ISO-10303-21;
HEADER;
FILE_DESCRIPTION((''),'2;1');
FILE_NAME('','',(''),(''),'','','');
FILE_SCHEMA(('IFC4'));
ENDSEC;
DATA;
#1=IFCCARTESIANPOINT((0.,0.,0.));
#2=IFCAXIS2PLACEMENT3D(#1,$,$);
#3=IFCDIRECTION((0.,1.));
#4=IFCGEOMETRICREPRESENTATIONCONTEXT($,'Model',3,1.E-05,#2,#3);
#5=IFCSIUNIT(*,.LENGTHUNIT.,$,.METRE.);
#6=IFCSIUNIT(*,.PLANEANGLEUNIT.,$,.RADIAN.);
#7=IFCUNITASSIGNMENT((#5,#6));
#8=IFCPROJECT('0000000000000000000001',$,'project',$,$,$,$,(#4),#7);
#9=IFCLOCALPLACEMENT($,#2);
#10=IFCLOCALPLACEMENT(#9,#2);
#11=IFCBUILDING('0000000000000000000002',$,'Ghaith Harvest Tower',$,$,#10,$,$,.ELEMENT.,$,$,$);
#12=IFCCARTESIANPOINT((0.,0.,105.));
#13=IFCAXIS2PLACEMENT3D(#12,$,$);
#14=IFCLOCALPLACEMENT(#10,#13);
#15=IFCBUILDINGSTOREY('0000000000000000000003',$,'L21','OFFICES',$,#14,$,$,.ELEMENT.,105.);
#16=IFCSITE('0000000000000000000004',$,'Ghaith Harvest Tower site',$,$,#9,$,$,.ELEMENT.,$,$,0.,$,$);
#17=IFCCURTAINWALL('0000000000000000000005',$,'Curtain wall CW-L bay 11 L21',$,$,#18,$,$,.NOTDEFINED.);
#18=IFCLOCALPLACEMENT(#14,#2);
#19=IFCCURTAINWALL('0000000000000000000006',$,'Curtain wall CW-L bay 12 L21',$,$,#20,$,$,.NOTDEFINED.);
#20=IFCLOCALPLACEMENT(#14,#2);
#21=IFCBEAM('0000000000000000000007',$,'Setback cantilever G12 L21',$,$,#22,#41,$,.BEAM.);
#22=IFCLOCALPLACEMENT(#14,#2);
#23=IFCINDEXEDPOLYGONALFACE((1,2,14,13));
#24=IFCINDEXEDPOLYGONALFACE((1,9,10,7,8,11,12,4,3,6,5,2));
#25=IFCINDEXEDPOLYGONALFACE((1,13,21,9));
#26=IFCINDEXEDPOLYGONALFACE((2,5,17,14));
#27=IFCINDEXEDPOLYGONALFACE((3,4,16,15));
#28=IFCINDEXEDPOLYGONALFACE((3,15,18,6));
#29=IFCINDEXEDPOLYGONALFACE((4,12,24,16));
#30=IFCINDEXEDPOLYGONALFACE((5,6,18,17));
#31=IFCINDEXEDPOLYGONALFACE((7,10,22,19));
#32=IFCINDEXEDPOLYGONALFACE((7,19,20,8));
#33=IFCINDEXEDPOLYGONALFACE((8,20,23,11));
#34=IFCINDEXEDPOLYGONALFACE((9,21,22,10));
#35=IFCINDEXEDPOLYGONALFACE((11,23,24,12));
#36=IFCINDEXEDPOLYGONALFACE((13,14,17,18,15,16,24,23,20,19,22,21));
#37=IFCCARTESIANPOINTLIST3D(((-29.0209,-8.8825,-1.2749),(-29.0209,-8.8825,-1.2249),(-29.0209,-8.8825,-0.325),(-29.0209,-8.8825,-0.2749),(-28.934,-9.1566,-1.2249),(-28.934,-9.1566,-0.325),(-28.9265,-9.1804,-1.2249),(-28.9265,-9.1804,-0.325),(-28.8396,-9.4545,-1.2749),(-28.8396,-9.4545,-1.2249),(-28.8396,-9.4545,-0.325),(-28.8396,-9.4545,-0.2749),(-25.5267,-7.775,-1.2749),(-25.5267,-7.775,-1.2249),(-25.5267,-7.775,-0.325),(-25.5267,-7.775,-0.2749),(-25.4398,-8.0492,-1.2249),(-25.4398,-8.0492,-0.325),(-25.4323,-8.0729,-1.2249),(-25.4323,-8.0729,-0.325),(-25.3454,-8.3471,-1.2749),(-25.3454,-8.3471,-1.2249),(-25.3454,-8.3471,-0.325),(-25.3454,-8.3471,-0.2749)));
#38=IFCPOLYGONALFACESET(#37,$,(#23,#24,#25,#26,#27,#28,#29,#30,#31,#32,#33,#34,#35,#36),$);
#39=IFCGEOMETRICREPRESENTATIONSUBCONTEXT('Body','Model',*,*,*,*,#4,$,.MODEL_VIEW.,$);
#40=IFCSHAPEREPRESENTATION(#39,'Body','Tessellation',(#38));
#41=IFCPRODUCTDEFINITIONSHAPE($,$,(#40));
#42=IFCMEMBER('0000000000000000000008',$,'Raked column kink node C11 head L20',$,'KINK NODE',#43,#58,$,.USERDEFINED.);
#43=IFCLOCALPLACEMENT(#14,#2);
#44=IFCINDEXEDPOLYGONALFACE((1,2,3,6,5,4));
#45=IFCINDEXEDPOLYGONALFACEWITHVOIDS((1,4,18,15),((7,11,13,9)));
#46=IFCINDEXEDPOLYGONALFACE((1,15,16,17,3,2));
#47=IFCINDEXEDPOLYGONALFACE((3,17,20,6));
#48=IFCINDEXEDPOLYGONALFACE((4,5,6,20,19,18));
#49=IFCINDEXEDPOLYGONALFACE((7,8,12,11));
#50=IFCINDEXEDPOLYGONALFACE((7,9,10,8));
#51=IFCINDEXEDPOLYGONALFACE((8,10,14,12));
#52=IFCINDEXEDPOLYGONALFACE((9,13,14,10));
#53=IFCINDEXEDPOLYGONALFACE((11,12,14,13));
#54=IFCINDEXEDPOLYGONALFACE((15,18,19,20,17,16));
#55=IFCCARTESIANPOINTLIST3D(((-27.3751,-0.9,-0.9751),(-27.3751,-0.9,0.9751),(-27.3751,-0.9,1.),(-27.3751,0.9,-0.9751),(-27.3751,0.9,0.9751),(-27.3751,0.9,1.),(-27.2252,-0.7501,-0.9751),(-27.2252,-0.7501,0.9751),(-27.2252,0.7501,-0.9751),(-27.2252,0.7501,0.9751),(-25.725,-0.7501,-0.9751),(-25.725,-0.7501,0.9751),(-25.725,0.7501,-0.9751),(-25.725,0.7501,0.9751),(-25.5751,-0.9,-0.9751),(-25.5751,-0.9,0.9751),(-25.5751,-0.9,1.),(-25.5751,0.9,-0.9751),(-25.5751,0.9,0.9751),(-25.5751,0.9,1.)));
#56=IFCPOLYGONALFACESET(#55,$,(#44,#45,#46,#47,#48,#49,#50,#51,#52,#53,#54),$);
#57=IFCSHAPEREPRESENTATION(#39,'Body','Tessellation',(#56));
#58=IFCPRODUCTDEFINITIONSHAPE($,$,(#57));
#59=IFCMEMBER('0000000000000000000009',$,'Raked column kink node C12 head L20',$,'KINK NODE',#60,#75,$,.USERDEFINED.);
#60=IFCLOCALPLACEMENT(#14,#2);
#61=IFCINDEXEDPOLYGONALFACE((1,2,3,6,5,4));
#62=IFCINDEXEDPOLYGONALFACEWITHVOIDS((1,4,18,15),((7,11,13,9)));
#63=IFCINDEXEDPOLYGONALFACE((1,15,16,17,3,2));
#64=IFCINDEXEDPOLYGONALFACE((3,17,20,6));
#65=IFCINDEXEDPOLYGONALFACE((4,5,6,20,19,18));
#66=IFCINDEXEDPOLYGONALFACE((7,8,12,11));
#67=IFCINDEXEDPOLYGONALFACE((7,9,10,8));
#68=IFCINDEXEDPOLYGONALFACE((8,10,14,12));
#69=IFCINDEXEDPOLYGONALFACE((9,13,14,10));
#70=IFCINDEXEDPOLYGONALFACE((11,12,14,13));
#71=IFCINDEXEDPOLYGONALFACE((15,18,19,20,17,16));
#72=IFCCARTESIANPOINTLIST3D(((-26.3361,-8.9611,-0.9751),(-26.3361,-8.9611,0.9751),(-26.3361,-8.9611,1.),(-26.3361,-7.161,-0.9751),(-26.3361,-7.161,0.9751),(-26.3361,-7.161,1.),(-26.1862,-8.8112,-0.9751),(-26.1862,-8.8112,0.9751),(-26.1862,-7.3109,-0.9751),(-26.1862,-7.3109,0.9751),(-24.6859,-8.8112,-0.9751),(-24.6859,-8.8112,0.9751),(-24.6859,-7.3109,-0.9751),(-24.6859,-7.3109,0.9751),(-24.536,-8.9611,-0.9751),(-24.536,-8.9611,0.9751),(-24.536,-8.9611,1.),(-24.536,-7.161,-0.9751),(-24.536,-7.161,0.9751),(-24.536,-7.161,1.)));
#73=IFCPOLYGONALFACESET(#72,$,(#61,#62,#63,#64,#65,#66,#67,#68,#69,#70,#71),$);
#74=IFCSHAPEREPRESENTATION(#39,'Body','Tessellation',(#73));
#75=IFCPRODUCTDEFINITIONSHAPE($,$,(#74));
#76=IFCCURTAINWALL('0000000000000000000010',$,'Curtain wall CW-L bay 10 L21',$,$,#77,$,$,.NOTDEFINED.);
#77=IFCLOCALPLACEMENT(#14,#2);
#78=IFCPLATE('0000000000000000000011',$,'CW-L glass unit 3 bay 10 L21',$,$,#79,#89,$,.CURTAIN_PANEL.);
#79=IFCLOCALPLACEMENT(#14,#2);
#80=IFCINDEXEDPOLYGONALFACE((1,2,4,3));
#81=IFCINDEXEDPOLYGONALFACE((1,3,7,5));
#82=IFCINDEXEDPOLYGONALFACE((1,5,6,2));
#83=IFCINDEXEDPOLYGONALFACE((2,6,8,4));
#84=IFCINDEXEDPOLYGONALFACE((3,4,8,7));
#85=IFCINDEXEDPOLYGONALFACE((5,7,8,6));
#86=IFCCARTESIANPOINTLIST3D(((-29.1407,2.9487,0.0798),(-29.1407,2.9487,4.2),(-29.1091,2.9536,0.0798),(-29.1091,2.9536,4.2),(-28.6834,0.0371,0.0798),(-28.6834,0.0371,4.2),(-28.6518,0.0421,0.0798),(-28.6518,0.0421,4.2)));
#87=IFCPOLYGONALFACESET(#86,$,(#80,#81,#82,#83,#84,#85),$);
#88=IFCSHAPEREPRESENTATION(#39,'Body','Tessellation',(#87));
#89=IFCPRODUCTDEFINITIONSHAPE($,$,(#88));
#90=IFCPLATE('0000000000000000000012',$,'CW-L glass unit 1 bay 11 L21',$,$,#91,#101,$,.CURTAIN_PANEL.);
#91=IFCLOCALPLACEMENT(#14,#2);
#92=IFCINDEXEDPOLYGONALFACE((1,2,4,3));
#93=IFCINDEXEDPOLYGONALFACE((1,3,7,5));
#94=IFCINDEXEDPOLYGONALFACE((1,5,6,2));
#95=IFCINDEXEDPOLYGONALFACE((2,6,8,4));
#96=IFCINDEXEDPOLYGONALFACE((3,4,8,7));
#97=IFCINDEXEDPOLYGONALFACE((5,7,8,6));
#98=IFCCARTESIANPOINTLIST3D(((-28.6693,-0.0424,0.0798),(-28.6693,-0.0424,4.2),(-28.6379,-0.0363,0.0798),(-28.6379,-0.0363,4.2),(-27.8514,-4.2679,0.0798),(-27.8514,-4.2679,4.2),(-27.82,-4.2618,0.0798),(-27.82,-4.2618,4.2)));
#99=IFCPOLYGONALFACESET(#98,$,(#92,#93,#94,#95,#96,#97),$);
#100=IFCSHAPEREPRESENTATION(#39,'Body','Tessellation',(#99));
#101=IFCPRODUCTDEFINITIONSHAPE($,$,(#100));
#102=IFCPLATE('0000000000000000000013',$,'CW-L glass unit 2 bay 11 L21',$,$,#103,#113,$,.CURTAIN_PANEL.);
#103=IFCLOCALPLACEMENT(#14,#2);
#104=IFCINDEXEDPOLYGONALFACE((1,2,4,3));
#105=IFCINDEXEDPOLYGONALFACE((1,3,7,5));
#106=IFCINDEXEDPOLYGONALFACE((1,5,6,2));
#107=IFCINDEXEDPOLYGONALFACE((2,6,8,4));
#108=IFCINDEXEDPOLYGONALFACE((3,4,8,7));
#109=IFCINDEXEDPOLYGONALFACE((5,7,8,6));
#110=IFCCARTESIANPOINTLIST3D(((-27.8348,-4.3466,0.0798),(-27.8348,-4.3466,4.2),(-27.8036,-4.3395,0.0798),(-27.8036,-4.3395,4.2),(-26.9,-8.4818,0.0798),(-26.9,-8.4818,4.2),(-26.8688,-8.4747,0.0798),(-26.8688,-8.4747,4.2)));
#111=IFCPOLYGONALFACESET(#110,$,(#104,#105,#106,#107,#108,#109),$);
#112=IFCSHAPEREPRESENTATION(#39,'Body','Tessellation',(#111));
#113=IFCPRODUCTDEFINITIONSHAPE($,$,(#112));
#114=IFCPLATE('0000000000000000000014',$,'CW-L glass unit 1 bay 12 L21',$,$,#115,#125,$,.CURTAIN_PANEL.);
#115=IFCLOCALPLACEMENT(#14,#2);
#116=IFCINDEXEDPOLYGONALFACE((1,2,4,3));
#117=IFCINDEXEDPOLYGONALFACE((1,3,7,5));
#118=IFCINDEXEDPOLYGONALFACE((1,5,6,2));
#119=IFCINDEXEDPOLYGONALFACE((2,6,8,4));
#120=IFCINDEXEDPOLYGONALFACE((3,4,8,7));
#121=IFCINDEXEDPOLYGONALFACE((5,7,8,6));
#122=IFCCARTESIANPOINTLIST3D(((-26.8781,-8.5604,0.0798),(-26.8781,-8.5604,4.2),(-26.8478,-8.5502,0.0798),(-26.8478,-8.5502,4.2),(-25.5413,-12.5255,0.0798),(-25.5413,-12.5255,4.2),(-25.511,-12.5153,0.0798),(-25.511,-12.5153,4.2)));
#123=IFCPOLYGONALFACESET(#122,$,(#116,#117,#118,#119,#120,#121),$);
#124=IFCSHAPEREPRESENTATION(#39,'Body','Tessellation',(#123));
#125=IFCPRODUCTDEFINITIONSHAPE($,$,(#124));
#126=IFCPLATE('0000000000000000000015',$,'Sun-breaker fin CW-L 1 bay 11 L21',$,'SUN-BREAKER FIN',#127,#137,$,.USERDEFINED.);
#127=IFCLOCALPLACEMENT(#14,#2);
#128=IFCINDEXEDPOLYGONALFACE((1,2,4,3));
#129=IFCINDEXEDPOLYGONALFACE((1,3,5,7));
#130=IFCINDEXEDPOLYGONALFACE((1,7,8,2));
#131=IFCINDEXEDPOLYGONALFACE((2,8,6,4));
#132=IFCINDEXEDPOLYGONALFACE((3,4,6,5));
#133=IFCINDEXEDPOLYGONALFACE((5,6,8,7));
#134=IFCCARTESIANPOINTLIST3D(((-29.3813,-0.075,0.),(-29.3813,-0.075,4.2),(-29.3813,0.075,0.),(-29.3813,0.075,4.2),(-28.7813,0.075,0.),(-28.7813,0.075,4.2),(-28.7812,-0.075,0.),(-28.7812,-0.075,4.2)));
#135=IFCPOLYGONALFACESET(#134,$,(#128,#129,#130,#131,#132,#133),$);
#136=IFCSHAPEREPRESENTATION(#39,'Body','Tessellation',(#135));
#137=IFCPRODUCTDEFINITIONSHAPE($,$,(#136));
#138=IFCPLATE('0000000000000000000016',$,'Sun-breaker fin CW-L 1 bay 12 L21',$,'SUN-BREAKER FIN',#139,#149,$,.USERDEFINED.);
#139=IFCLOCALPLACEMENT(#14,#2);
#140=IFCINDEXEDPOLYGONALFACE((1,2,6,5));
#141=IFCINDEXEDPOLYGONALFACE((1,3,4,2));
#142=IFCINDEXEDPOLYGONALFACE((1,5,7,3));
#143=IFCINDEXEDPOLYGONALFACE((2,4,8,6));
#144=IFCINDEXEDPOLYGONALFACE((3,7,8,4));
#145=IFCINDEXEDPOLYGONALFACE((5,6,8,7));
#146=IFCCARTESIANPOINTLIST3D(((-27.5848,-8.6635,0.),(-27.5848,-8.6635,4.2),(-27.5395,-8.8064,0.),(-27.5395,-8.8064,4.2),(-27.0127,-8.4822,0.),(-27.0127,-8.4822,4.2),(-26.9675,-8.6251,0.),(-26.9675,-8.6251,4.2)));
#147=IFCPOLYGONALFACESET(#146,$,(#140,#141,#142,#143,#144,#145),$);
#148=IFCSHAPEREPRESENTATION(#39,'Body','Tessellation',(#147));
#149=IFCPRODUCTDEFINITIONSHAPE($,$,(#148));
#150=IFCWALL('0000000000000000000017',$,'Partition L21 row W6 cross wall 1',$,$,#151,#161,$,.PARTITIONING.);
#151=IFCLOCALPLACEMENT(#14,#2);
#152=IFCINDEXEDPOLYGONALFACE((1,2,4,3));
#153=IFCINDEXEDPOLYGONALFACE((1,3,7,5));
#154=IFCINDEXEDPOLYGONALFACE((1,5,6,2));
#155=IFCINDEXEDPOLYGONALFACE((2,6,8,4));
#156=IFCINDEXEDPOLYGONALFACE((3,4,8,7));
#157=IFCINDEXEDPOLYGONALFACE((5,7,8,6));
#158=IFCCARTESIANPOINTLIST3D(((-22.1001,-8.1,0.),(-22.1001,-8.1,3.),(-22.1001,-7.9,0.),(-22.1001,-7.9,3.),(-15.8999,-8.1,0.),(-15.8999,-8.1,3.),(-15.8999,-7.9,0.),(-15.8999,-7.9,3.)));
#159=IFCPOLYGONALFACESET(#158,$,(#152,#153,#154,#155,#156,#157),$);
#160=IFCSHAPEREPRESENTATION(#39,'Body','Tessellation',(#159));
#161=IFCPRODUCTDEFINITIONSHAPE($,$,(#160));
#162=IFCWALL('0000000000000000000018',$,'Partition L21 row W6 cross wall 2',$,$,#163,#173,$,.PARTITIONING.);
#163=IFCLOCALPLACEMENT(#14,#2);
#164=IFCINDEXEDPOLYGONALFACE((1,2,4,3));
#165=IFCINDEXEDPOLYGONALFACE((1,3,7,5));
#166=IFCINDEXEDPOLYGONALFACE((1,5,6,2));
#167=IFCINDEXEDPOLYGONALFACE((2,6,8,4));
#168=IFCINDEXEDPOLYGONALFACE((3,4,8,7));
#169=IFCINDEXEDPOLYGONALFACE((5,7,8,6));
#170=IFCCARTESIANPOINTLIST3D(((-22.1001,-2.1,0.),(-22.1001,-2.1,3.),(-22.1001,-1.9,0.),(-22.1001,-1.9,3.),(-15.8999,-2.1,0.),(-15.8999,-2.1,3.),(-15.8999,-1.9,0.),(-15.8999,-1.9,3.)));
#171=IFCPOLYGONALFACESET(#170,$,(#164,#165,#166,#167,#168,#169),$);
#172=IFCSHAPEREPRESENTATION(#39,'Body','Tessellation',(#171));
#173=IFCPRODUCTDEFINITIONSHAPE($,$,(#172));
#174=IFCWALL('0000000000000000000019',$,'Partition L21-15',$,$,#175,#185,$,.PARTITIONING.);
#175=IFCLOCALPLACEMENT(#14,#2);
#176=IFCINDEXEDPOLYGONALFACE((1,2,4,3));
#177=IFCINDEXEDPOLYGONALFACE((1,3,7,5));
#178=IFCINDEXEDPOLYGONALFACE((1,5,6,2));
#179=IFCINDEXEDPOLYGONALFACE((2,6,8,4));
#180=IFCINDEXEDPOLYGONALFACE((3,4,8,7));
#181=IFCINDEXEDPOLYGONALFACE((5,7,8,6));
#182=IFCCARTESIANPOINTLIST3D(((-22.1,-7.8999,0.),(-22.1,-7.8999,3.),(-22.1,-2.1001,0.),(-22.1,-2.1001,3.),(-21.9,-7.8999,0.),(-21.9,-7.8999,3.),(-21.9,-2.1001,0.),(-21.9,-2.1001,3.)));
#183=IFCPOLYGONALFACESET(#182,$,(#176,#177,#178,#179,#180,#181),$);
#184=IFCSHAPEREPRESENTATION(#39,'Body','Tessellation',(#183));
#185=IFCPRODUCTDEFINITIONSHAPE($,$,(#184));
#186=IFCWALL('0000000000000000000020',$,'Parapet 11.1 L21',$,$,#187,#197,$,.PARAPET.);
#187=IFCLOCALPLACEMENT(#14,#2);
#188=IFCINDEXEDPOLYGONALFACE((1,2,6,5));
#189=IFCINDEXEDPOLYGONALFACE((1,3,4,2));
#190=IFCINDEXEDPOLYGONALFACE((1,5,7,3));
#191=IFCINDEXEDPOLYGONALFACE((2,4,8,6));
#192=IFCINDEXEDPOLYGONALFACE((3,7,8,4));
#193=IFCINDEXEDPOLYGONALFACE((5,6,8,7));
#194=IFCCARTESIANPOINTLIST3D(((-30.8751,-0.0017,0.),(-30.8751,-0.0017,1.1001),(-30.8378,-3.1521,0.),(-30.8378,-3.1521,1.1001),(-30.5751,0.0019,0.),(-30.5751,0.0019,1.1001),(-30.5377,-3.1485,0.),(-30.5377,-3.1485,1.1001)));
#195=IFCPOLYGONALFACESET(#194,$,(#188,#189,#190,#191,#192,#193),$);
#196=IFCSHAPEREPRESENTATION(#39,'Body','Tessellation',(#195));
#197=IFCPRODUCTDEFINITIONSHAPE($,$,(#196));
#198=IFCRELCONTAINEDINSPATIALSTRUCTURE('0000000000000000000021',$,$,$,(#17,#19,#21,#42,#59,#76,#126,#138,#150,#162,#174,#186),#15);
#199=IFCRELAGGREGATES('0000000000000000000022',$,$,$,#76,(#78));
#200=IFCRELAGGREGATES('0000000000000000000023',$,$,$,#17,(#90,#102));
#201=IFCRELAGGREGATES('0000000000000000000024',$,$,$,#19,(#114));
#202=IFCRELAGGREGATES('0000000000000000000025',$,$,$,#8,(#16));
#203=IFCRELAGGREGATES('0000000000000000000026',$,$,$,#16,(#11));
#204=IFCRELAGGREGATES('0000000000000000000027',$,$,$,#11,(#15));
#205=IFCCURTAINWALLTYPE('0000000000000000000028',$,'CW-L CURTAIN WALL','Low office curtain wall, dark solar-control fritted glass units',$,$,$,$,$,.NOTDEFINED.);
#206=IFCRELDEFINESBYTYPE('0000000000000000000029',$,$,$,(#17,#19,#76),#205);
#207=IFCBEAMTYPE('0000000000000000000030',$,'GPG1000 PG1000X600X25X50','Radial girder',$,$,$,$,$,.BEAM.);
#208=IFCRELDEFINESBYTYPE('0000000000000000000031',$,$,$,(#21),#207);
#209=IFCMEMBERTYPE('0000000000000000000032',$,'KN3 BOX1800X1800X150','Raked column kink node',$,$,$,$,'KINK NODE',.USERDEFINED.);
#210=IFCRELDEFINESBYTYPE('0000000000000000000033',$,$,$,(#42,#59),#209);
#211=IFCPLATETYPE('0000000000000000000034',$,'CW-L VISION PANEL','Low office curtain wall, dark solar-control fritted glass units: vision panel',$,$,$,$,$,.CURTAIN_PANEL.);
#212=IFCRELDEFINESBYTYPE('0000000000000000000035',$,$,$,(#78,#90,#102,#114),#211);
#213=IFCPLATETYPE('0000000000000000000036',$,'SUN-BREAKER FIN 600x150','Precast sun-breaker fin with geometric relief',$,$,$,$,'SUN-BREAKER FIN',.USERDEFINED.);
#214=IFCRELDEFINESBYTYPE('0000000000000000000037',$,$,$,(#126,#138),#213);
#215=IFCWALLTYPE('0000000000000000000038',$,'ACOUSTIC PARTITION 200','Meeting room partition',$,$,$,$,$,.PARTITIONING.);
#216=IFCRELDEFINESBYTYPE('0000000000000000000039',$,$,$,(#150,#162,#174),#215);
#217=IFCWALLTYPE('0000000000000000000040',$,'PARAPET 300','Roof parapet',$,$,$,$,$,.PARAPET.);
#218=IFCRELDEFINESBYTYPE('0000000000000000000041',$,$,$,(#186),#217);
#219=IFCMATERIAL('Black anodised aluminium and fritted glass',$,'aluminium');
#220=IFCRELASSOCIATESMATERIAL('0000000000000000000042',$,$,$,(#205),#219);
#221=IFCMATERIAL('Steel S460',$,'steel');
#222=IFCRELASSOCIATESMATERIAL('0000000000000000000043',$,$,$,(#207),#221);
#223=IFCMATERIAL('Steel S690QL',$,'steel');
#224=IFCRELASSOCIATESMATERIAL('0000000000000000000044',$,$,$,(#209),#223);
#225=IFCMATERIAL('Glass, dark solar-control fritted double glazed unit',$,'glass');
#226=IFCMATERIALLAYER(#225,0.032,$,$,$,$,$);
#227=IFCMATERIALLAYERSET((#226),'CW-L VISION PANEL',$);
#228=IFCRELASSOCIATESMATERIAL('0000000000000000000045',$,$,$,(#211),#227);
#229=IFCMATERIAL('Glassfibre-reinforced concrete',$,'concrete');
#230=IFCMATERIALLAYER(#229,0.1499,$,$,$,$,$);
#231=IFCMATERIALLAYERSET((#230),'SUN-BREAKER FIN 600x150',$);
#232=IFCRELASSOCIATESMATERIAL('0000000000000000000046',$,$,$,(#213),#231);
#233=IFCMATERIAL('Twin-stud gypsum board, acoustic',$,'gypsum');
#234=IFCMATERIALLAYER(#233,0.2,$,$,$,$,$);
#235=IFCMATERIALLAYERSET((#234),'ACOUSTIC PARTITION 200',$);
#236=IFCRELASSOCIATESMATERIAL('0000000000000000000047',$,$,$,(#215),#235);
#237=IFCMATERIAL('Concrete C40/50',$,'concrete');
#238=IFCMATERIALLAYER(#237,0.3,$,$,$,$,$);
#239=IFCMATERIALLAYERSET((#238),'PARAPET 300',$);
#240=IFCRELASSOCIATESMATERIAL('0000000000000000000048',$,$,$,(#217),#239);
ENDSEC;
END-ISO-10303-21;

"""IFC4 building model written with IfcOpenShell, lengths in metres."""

from ifc_helpers import new_model, si_unit, direction, frame, frame_2d, origin, origin_2d, place, context, subcontext, project, spatial, rectangle, hollow_rectangle, i_section, extrude, boolean, material, layer, layer_set, material_profile, profile_set, type_object, element, aggregate, save


model = new_model("IFC4")

# Units and contexts
model_context = context("Model", 3, precision=1e-05, world=origin(), true_north=direction((0.0, 1.0)))
body_context = subcontext(model_context, "Body", "Model", "MODEL_VIEW")
ifc_project = project(units=[si_unit("LENGTHUNIT", "METRE"), si_unit("PLANEANGLEUNIT", "RADIAN")], contexts=[model_context])

# Site, building, storey
site_placement = place(None, origin())
site = spatial("IfcSite", under=ifc_project, at=site_placement, Name="Ghaith Harvest Tower site", CompositionType="ELEMENT", RefElevation=0.0)
building_placement = place(site_placement, origin())
building = spatial("IfcBuilding", under=site, at=building_placement, Name="Ghaith Harvest Tower", CompositionType="ELEMENT")
storey_placement = place(building_placement, frame((0.0, 0.0, 105.0)))
storey = spatial("IfcBuildingStorey", under=building, at=storey_placement, Name="L21", Description="OFFICES", CompositionType="ELEMENT", Elevation=105.0)

# Curtain wall
ifc_material_1 = material(Name="Black anodised aluminium and fritted glass", Category="aluminium")
curtain_wall_type = type_object("IfcCurtainWallType", Name="CW-L CURTAIN WALL", Description="Low office curtain wall, dark solar-control fritted glass units", PredefinedType="NOTDEFINED", material=ifc_material_1)
curtain_wall_1_placement = place(storey_placement, origin())
curtain_wall_1 = element("IfcCurtainWall", 1, at=curtain_wall_1_placement, inside=storey, type_object=curtain_wall_type, Name="Curtain wall CW-L bay 11 L21", PredefinedType="NOTDEFINED")

# Curtain wall
curtain_wall_2_placement = place(storey_placement, origin())
curtain_wall_2 = element("IfcCurtainWall", 2, at=curtain_wall_2_placement, inside=storey, type_object=curtain_wall_type, Name="Curtain wall CW-L bay 12 L21", PredefinedType="NOTDEFINED")

# Beam
ifc_material_2 = material(Name="Steel S460", Category="steel")
ifc_material_profile_1 = material_profile(ifc_material_2, i_section(OverallWidth=0.6001, OverallDepth=1.0, WebThickness=0.0249, FlangeThickness=0.05, at=origin_2d()), Name="PG1000X600X25X50")
ifc_profile_set_1 = profile_set([ifc_material_profile_1], Name="Steel S460")
beam_type_1 = type_object("IfcBeamType", Name="GPG1000 PG1000X600X25X50", Description="Radial girder", PredefinedType="BEAM", material=ifc_profile_set_1)
beam_1_placement = place(storey_placement, frame((-25.436, -8.061, -0.7749), z_axis=(-0.953268, -0.302126, 0.0), x_axis=(0.302126, -0.953268, 0.0)))
element("IfcBeam", 3, at=beam_1_placement, inside=storey, type_object=beam_type_1, Name="Setback cantilever G12 L21", PredefinedType="BEAM", context=body_context, shape_type="SweptSolid", body=[
    extrude(i_section(OverallWidth=0.6001, OverallDepth=1.0, WebThickness=0.0249, FlangeThickness=0.05, at=origin_2d()), origin(), (0.0, 0.0, 1.0), 3.6655),
])

# Members
ifc_material_3 = material(Name="Steel S690QL", Category="steel")
ifc_material_profile_2 = material_profile(ifc_material_3, hollow_rectangle(XDim=1.8, YDim=1.8, WallThickness=0.1499, at=origin_2d()), Name="BOX1800X1800X150")
ifc_profile_set_2 = profile_set([ifc_material_profile_2], Name="Steel S690QL")
member_type_1 = type_object("IfcMemberType", Name="KN3 BOX1800X1800X150", Description="Raked column kink node", ElementType="KINK NODE", PredefinedType="USERDEFINED", material=ifc_profile_set_2)
for number, where, z_axis, x_axis, name in (
    (4, (-26.4751, 0.0, -0.9751), (0.0, 0.0, 1.0), (1.0, 0.0, 0.0), "Raked column kink node C11 head L20"),
    (5, (-25.436, -8.061, -0.9751), (0.0, 0.0, 1.0), (1.0, 0.0, 0.0), "Raked column kink node C12 head L20"),
):
    element("IfcMember", number, at=place(storey_placement, frame(where, z_axis=z_axis, x_axis=x_axis)), inside=storey, type_object=member_type_1, Name=name, ObjectType="KINK NODE", PredefinedType="USERDEFINED", context=body_context, shape_type="CSG", body=[
        boolean("UNION", extrude(hollow_rectangle(XDim=1.8, YDim=1.8, WallThickness=0.1499, at=origin_2d()), origin(), (0.0, 0.0, 1.0), 1.9502), extrude(rectangle(XDim=1.8, YDim=1.8, at=origin_2d()), frame((0.0, 0.0, 1.9502)), (0.0, 0.0, 1.0), 0.0249)),
    ])

# Curtain wall, plate
curtain_wall_3_placement = place(storey_placement, origin())
curtain_wall_3 = element("IfcCurtainWall", 6, at=curtain_wall_3_placement, inside=storey, type_object=curtain_wall_type, Name="Curtain wall CW-L bay 10 L21", PredefinedType="NOTDEFINED")
ifc_material_4 = material(Name="Glass, dark solar-control fritted double glazed unit", Category="glass")
ifc_layer_1 = layer(ifc_material_4, 0.032)
ifc_layer_set_1 = layer_set([ifc_layer_1], Name="CW-L VISION PANEL")
plate_type_1 = type_object("IfcPlateType", Name="CW-L VISION PANEL", Description="Low office curtain wall, dark solar-control fritted glass units: vision panel", PredefinedType="CURTAIN_PANEL", material=ifc_layer_set_1)
plate_1_placement = place(storey_placement, frame((-28.8962, 1.4954, 0.0798), z_axis=(0.0, 0.0, 1.0), x_axis=(0.155172, -0.987887, 0.0)))
plate_1 = element("IfcPlate", 7, at=plate_1_placement, type_object=plate_type_1, Name="CW-L glass unit 3 bay 10 L21", PredefinedType="CURTAIN_PANEL", context=body_context, shape_type="SweptSolid", body=[
    extrude(rectangle(XDim=2.9473, YDim=0.032, at=origin_2d()), origin(), (0.0, 0.0, 1.0), 4.1201),
])
aggregate(curtain_wall_3, [plate_1])

# Plates
plate_2_placement = place(storey_placement, frame((-28.2446, -2.1521, 0.0798), z_axis=(0.0, 0.0, 1.0), x_axis=(0.190045, -0.981775, 0.0)))
plate_2 = element("IfcPlate", 8, at=plate_2_placement, type_object=plate_type_1, Name="CW-L glass unit 1 bay 11 L21", PredefinedType="CURTAIN_PANEL", context=body_context, shape_type="SweptSolid", body=[
    extrude(rectangle(XDim=4.304, YDim=0.032, at=origin_2d()), origin(), (0.0, 0.0, 1.0), 4.1201),
])
plate_3_placement = place(storey_placement, frame((-27.3518, -6.4106, 0.0798), z_axis=(0.0, 0.0, 1.0), x_axis=(0.220483, -0.975391, 0.0)))
plate_3 = element("IfcPlate", 9, at=plate_3_placement, type_object=plate_type_1, Name="CW-L glass unit 2 bay 11 L21", PredefinedType="CURTAIN_PANEL", context=body_context, shape_type="SweptSolid", body=[
    extrude(rectangle(XDim=4.2395, YDim=0.032, at=origin_2d()), origin(), (0.0, 0.0, 1.0), 4.1201),
])
aggregate(curtain_wall_1, [plate_2, plate_3])
plate_4_placement = place(storey_placement, frame((-26.1946, -10.5378, 0.0798), z_axis=(0.0, 0.0, 1.0), x_axis=(0.319477, -0.947594, 0.0)))
plate_4 = element("IfcPlate", 10, at=plate_4_placement, type_object=plate_type_1, Name="CW-L glass unit 1 bay 12 L21", PredefinedType="CURTAIN_PANEL", context=body_context, shape_type="SweptSolid", body=[
    extrude(rectangle(XDim=4.1843, YDim=0.032, at=origin_2d()), origin(), (0.0, 0.0, 1.0), 4.1201),
])
aggregate(curtain_wall_2, [plate_4])

# Plates
ifc_material_5 = material(Name="Glassfibre-reinforced concrete", Category="concrete")
ifc_layer_2 = layer(ifc_material_5, 0.1499)
ifc_layer_set_2 = layer_set([ifc_layer_2], Name="SUN-BREAKER FIN 600x150")
plate_type_2 = type_object("IfcPlateType", Name="SUN-BREAKER FIN 600x150", Description="Precast sun-breaker fin with geometric relief", ElementType="SUN-BREAKER FIN", PredefinedType="USERDEFINED", material=ifc_layer_set_2)
for number, where, z_axis, x_axis, name in (
    (11, (-29.0813, 0.0, 0.0), (0.0, 0.0, 1.0), (-1.0, 0.0, 0.0), "Sun-breaker fin CW-L 1 bay 11 L21"),
    (12, (-27.2761, -8.6443, 0.0), (0.0, 0.0, 1.0), (-0.953273, -0.30211, 0.0), "Sun-breaker fin CW-L 1 bay 12 L21"),
):
    element("IfcPlate", number, at=place(storey_placement, frame(where, z_axis=z_axis, x_axis=x_axis)), inside=storey, type_object=plate_type_2, Name=name, ObjectType="SUN-BREAKER FIN", PredefinedType="USERDEFINED", context=body_context, shape_type="SweptSolid", body=[
        extrude(rectangle(XDim=0.6001, YDim=0.1499, at=origin_2d()), origin(), (0.0, 0.0, 1.0), 4.2),
    ])

# Walls
ifc_material_6 = material(Name="Twin-stud gypsum board, acoustic", Category="gypsum")
ifc_layer_3 = layer(ifc_material_6, 0.2)
ifc_layer_set_3 = layer_set([ifc_layer_3], Name="ACOUSTIC PARTITION 200")
wall_type_1 = type_object("IfcWallType", Name="ACOUSTIC PARTITION 200", Description="Meeting room partition", PredefinedType="PARTITIONING", material=ifc_layer_set_3)
for number, where, z_axis, x_axis, name in (
    (13, (-15.8999, -8.0, 0.0), (0.0, 0.0, 1.0), (-1.0, 0.0, 0.0), "Partition L21 row W6 cross wall 1"),
    (14, (-15.8999, -2.0, 0.0), (0.0, 0.0, 1.0), (-1.0, 0.0, 0.0), "Partition L21 row W6 cross wall 2"),
):
    element("IfcWall", number, at=place(storey_placement, frame(where, z_axis=z_axis, x_axis=x_axis)), inside=storey, type_object=wall_type_1, Name=name, PredefinedType="PARTITIONING", context=body_context, shape_type="SweptSolid", body=[
        extrude(rectangle(XDim=6.2002, YDim=0.2, at=frame_2d((3.1001, 0.0))), origin(), (0.0, 0.0, 1.0), 3.0),
    ])

# Walls
wall_1_placement = place(storey_placement, frame((-22.0, -7.8999, 0.0), z_axis=(0.0, 0.0, 1.0), x_axis=(0.0, 1.0, 0.0)))
element("IfcWall", 15, at=wall_1_placement, inside=storey, type_object=wall_type_1, Name="Partition L21-15", PredefinedType="PARTITIONING", context=body_context, shape_type="SweptSolid", body=[
    extrude(rectangle(XDim=5.7998, YDim=0.2, at=frame_2d((2.8999, 0.0))), origin(), (0.0, 0.0, 1.0), 3.0),
])
ifc_material_7 = material(Name="Concrete C40/50", Category="concrete")
ifc_layer_4 = layer(ifc_material_7, 0.3)
ifc_layer_set_4 = layer_set([ifc_layer_4], Name="PARAPET 300")
wall_type_2 = type_object("IfcWallType", Name="PARAPET 300", Description="Roof parapet", PredefinedType="PARAPET", material=ifc_layer_set_4)
wall_2_placement = place(storey_placement, frame((-30.7251, 0.0, 0.0), z_axis=(0.0, 0.0, 1.0), x_axis=(0.011856, -0.99993, 0.0)))
element("IfcWall", 16, at=wall_2_placement, inside=storey, type_object=wall_type_2, Name="Parapet 11.1 L21", PredefinedType="PARAPET", context=body_context, shape_type="SweptSolid", body=[
    extrude(rectangle(XDim=3.1506, YDim=0.3, at=frame_2d((1.5752, 0.0))), origin(), (0.0, 0.0, 1.0), 1.1001),
])

save(model, "model.ifc")
